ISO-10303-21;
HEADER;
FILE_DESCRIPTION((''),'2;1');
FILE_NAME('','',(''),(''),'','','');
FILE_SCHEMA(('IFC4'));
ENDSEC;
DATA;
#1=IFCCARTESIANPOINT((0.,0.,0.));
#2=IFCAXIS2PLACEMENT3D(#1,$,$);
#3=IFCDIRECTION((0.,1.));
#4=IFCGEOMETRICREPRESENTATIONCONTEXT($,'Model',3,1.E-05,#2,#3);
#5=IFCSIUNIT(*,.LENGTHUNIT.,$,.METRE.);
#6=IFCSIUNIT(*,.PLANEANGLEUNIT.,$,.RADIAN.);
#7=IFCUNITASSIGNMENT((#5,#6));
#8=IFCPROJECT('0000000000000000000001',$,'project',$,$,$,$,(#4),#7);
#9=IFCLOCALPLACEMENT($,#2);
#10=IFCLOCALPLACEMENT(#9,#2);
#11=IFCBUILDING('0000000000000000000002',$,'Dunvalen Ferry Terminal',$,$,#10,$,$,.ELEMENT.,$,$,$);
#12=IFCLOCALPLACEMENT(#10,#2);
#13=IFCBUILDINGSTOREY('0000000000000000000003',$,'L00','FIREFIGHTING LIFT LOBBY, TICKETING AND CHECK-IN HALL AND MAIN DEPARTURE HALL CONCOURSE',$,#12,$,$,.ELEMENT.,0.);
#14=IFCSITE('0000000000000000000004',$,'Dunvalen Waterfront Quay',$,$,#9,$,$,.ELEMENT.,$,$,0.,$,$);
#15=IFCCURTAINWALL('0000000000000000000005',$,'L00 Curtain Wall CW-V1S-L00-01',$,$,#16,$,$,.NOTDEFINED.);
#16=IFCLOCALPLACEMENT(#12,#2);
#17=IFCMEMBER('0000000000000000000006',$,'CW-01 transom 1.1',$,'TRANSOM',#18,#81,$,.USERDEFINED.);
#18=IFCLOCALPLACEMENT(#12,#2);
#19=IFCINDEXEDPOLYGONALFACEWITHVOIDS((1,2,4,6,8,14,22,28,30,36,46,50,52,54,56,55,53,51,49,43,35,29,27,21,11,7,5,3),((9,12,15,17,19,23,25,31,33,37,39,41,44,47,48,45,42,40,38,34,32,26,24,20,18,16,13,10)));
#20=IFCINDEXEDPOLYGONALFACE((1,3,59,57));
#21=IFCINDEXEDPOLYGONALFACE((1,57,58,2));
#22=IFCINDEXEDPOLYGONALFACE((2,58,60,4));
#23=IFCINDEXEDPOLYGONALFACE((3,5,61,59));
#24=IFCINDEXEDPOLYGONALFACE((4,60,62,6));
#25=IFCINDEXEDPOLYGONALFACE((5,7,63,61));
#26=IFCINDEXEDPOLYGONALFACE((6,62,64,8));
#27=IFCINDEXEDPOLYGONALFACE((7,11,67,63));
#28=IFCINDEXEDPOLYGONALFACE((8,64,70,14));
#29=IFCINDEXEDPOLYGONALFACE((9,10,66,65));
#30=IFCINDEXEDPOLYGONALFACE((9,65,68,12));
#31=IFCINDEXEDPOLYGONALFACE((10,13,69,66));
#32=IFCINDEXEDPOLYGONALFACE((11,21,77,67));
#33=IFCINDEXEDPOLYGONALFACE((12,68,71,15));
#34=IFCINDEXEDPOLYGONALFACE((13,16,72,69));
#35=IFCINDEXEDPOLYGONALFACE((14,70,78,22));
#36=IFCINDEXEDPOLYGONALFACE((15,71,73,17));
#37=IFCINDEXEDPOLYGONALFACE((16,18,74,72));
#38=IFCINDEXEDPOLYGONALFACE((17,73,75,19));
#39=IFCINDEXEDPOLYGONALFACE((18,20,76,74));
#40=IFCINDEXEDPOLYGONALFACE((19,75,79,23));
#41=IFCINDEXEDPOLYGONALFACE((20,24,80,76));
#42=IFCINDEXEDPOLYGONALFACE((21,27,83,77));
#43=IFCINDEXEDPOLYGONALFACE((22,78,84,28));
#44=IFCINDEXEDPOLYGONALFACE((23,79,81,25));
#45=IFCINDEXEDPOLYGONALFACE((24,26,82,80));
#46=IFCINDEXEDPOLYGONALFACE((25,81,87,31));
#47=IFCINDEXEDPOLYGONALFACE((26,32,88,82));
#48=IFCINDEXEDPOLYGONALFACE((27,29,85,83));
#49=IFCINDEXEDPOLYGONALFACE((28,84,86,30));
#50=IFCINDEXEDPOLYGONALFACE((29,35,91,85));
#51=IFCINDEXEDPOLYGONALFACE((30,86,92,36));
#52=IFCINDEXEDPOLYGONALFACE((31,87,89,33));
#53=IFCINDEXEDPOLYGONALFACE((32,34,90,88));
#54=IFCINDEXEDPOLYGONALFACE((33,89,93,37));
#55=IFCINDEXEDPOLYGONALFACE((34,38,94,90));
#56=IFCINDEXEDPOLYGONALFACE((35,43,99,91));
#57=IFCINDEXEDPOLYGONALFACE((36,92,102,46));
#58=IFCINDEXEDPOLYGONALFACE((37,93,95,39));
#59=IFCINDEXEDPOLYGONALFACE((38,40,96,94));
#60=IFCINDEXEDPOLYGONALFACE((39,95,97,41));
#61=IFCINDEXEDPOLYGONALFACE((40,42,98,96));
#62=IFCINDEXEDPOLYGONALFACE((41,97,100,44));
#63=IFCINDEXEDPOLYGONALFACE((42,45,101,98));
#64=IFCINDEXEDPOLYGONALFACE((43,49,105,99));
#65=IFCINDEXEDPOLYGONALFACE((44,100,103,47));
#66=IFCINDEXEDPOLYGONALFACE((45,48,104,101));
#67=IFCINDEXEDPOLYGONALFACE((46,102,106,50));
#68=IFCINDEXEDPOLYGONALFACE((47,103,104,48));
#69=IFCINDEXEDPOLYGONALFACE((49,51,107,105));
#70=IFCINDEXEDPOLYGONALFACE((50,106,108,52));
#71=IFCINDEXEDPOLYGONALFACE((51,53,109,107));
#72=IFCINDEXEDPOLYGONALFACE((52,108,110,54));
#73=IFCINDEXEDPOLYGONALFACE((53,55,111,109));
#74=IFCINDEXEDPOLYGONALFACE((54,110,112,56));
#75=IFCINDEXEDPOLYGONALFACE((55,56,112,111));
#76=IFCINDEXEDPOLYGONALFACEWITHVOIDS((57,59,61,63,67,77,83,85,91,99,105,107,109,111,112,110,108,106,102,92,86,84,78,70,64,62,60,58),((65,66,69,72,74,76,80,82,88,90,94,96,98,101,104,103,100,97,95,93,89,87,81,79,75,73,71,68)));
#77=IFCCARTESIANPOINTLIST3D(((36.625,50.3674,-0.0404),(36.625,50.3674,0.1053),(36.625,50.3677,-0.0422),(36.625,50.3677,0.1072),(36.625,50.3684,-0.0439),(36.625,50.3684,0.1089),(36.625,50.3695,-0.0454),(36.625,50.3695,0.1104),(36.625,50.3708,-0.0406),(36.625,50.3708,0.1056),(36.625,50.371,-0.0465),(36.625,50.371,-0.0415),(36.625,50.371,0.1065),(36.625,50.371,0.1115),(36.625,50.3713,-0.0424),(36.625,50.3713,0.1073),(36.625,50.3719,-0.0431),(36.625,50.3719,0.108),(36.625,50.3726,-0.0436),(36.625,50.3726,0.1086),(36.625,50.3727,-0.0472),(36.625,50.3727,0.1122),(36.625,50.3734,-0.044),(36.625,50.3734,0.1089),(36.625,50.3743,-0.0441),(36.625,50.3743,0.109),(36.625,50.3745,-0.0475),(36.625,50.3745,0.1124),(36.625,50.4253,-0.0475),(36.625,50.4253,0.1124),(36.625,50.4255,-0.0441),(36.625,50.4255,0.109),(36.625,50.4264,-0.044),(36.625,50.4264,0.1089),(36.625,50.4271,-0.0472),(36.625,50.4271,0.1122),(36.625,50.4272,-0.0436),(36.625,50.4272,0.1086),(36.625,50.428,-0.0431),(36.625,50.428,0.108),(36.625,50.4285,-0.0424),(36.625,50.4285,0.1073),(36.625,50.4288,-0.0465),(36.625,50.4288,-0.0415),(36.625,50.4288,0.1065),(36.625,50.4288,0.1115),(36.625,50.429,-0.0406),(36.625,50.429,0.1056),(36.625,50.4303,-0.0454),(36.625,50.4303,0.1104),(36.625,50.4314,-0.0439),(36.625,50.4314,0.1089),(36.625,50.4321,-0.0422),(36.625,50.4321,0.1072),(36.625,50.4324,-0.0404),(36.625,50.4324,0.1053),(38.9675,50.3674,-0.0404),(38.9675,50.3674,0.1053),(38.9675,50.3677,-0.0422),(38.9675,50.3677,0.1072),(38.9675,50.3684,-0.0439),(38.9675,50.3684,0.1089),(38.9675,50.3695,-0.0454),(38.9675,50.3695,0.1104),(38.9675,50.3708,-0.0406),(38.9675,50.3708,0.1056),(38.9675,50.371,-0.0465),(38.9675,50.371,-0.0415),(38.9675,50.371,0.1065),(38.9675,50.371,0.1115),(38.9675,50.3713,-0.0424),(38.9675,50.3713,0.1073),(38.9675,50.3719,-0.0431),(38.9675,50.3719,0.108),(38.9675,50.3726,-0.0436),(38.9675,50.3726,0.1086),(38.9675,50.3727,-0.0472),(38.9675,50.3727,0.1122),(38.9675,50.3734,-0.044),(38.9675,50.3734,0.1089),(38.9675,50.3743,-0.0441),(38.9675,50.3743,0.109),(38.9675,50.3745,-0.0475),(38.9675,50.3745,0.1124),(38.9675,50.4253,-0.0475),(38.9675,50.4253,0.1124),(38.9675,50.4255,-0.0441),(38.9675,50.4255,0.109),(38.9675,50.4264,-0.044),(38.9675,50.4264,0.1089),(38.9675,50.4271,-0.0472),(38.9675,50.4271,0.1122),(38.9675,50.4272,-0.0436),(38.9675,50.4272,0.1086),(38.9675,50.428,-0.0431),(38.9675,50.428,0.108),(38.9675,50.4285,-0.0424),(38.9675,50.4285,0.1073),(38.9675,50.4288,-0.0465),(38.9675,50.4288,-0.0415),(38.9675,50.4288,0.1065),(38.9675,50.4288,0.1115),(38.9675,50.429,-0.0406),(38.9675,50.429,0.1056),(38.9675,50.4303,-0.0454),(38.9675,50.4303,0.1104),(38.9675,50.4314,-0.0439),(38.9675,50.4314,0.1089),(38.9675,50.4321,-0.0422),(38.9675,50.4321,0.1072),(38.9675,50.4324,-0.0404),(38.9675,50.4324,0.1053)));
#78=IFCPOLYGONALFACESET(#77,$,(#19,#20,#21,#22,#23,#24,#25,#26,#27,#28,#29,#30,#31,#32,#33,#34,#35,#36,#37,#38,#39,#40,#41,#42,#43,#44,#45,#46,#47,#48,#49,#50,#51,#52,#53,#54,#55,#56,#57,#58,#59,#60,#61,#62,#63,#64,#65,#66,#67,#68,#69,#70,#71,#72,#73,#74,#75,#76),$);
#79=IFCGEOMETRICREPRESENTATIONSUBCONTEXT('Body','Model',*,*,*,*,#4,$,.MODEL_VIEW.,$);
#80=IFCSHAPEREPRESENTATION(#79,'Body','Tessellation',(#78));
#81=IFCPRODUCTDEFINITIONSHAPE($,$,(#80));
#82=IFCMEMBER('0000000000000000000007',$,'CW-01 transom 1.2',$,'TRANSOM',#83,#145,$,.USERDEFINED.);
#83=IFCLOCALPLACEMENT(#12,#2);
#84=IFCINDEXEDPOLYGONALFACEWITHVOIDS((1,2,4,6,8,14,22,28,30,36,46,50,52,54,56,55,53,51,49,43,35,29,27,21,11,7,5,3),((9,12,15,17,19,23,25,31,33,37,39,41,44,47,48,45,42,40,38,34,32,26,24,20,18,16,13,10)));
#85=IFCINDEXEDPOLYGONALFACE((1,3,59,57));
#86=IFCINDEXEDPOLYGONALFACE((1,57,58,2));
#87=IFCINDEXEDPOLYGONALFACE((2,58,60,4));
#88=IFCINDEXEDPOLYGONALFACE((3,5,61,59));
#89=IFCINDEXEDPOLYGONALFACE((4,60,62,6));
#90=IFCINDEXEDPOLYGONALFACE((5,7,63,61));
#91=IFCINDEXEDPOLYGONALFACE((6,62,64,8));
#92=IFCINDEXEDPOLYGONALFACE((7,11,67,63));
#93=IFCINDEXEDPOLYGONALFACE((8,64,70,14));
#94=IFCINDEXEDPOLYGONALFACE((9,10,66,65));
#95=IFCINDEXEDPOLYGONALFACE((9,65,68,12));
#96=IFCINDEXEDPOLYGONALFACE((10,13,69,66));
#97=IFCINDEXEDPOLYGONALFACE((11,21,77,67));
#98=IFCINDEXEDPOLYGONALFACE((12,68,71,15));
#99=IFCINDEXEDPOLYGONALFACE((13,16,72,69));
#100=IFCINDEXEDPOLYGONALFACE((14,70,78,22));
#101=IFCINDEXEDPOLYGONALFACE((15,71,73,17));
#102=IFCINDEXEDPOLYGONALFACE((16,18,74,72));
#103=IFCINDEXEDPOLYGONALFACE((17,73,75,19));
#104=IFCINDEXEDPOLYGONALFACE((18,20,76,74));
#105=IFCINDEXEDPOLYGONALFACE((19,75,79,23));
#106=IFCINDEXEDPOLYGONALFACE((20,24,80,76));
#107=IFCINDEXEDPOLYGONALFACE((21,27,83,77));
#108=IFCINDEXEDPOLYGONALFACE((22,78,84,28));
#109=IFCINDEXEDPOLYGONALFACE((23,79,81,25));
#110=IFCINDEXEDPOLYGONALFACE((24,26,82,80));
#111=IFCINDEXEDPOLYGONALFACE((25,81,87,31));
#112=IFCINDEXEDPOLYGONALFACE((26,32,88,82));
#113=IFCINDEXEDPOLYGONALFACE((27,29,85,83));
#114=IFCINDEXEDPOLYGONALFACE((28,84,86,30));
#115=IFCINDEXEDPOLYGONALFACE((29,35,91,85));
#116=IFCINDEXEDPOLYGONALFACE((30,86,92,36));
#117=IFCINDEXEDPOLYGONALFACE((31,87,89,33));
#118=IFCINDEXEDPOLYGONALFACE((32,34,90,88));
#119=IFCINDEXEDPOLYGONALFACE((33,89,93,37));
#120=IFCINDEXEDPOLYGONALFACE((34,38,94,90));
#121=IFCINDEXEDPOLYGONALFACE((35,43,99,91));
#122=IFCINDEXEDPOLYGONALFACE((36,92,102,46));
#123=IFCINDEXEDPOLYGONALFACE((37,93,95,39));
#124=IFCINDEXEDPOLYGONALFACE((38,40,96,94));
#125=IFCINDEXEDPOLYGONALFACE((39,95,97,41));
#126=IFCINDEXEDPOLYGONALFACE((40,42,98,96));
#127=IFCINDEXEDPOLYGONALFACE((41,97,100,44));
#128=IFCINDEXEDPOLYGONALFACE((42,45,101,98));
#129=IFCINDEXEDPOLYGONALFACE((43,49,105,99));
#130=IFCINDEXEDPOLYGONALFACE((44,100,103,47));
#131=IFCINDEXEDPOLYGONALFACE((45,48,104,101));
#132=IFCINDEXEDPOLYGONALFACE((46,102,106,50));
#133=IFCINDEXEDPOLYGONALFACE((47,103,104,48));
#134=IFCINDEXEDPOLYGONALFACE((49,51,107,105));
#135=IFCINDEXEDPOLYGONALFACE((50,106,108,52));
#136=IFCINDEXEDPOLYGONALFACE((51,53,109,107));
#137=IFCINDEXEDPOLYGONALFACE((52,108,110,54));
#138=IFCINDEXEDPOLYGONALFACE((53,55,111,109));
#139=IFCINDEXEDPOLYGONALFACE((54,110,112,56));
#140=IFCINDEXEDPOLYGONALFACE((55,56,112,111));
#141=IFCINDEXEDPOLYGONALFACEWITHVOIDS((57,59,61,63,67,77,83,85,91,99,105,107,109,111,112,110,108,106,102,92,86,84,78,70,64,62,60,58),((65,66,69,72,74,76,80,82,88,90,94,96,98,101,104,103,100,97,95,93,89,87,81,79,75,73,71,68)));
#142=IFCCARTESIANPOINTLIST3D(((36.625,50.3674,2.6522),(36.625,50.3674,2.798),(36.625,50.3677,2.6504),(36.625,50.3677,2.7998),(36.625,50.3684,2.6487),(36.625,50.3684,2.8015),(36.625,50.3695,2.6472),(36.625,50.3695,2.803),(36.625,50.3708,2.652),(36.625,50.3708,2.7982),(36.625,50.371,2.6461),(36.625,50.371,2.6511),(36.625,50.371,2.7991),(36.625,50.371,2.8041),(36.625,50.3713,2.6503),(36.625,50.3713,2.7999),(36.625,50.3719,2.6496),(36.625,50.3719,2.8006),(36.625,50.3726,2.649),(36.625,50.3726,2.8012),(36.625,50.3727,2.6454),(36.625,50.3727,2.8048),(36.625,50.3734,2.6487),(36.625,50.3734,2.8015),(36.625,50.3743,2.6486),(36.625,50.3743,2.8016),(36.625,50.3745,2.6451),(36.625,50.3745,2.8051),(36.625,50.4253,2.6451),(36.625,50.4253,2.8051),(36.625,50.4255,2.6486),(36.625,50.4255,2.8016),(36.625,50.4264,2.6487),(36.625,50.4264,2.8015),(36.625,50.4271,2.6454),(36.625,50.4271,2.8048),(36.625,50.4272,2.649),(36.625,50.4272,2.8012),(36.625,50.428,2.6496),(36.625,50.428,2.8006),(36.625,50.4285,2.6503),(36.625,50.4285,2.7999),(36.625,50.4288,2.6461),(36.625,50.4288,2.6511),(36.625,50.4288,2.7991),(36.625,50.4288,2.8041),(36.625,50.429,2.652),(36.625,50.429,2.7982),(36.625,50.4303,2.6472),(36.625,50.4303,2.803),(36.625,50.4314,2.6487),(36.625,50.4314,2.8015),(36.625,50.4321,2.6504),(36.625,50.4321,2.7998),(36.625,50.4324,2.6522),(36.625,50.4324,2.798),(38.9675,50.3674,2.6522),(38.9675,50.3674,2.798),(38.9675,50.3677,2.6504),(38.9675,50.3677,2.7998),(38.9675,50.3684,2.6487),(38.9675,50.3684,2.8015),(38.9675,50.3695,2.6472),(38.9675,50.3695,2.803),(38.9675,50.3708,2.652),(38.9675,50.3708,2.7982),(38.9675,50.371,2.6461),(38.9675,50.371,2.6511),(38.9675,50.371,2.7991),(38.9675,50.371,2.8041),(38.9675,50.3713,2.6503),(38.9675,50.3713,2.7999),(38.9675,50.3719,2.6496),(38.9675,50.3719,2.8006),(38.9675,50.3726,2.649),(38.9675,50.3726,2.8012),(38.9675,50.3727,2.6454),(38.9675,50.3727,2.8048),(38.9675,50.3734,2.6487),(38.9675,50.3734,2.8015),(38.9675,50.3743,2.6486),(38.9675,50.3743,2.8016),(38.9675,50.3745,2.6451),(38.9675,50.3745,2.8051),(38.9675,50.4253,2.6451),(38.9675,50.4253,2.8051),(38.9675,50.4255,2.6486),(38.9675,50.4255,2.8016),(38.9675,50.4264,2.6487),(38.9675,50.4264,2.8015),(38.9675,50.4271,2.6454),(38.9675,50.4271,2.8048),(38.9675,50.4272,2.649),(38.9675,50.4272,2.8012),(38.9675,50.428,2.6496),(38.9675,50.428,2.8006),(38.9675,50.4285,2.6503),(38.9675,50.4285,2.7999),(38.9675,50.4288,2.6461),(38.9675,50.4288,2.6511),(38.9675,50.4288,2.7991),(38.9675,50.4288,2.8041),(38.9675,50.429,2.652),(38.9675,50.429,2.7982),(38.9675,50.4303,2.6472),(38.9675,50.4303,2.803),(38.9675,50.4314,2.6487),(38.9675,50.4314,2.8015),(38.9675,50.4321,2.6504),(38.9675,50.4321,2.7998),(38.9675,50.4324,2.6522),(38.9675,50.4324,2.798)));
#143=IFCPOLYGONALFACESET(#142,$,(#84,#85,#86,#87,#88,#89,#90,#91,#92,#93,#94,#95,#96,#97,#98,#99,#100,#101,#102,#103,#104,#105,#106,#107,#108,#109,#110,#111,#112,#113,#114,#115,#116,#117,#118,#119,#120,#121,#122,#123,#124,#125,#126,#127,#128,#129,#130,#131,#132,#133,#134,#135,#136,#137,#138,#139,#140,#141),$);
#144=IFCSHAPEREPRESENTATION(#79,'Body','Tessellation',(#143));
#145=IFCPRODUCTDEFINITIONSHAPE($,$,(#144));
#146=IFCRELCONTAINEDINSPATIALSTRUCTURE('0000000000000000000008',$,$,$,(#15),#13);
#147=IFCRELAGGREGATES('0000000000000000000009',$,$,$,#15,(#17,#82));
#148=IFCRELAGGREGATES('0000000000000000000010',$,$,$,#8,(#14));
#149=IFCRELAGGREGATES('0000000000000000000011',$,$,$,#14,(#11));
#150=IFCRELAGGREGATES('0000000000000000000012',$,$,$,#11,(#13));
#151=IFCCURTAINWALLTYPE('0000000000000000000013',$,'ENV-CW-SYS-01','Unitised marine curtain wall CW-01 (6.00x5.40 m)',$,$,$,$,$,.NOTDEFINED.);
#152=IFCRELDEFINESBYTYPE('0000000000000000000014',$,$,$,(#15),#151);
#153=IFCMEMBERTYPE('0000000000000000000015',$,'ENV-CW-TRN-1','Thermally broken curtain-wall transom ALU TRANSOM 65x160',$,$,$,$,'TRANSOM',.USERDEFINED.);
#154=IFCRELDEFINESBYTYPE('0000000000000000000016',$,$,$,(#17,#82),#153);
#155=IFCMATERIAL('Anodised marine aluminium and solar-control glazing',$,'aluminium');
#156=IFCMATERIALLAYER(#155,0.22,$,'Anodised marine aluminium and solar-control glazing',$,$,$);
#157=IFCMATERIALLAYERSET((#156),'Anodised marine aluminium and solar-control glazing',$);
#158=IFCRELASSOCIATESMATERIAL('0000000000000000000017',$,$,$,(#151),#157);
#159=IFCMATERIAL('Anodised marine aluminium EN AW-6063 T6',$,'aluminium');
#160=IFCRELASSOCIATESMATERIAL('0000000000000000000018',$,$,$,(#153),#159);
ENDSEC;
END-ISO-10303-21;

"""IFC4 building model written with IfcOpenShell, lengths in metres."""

from ifc_helpers import new_model, si_unit, direction, frame, origin, origin_2d, place, context, subcontext, project, spatial, hollow_rectangle, extrude, material, layer, layer_set, material_profile, profile_set, type_object, element, aggregate, save


model = new_model("IFC4")

# Units and contexts
model_context = context("Model", 3, precision=1e-05, world=origin(), true_north=direction((0.0, 1.0)))
body_context = subcontext(model_context, "Body", "Model", "MODEL_VIEW")
ifc_project = project(units=[si_unit("LENGTHUNIT", "METRE"), si_unit("PLANEANGLEUNIT", "RADIAN")], contexts=[model_context])

# Site, building, storey
site_placement = place(None, origin())
site = spatial("IfcSite", under=ifc_project, at=site_placement, Name="Dunvalen Waterfront Quay", CompositionType="ELEMENT", RefElevation=0.0)
building_placement = place(site_placement, origin())
building = spatial("IfcBuilding", under=site, at=building_placement, Name="Dunvalen Ferry Terminal", CompositionType="ELEMENT")
storey_placement = place(building_placement, origin())
storey = spatial("IfcBuildingStorey", under=building, at=storey_placement, Name="L00", Description="FIREFIGHTING LIFT LOBBY, TICKETING AND CHECK-IN HALL AND MAIN DEPARTURE HALL CONCOURSE", CompositionType="ELEMENT", Elevation=0.0)

# Curtain wall, members
ifc_material_1 = material(Name="Anodised marine aluminium and solar-control glazing", Category="aluminium")
ifc_layer_1 = layer(ifc_material_1, 0.22, Name="Anodised marine aluminium and solar-control glazing")
ifc_layer_set_1 = layer_set([ifc_layer_1], Name="Anodised marine aluminium and solar-control glazing")
curtain_wall_type = type_object("IfcCurtainWallType", Name="ENV-CW-SYS-01", Description="Unitised marine curtain wall CW-01 (6.00x5.40 m)", PredefinedType="NOTDEFINED", material=ifc_layer_set_1)
curtain_wall_placement = place(storey_placement, origin())
curtain_wall = element("IfcCurtainWall", 1, at=curtain_wall_placement, inside=storey, type_object=curtain_wall_type, Name="L00 Curtain Wall CW-V1S-L00-01", PredefinedType="NOTDEFINED")
ifc_material_2 = material(Name="Anodised marine aluminium EN AW-6063 T6", Category="aluminium")
ifc_material_profile_1 = material_profile(ifc_material_2, hollow_rectangle(XDim=0.0649, YDim=0.1599, WallThickness=0.0034, InnerFilletRadius=0.0034, OuterFilletRadius=0.0071, at=origin_2d()), Name="Anodised marine aluminium EN AW-6063 T6")
ifc_profile_set_1 = profile_set([ifc_material_profile_1], Name="Anodised marine aluminium EN AW-6063 T6")
member_type_1 = type_object("IfcMemberType", Name="ENV-CW-TRN-1", Description="Thermally broken curtain-wall transom ALU TRANSOM 65x160", ElementType="TRANSOM", PredefinedType="USERDEFINED", material=ifc_profile_set_1)
member_1_placement = place(storey_placement, frame((36.625, 50.3999, 0.0325), z_axis=(1.0, 0.0, 0.0), x_axis=(0.0, 1.0, 0.0)))
member_1 = element("IfcMember", 2, at=member_1_placement, type_object=member_type_1, Name="CW-01 transom 1.1", ObjectType="TRANSOM", PredefinedType="USERDEFINED", context=body_context, shape_type="SweptSolid", body=[
    extrude(hollow_rectangle(XDim=0.0649, YDim=0.1599, WallThickness=0.0034, InnerFilletRadius=0.0034, OuterFilletRadius=0.0071, at=origin_2d()), origin(), (0.0, 0.0, 1.0), 2.3425),
])
member_2_placement = place(storey_placement, frame((36.625, 50.3999, 2.7251), z_axis=(1.0, 0.0, 0.0), x_axis=(0.0, 1.0, 0.0)))
member_2 = element("IfcMember", 3, at=member_2_placement, type_object=member_type_1, Name="CW-01 transom 1.2", ObjectType="TRANSOM", PredefinedType="USERDEFINED", context=body_context, shape_type="SweptSolid", body=[
    extrude(hollow_rectangle(XDim=0.0649, YDim=0.1599, WallThickness=0.0034, InnerFilletRadius=0.0034, OuterFilletRadius=0.0071, at=origin_2d()), origin(), (0.0, 0.0, 1.0), 2.3425),
])
aggregate(curtain_wall, [member_1, member_2])

save(model, "model.ifc")
